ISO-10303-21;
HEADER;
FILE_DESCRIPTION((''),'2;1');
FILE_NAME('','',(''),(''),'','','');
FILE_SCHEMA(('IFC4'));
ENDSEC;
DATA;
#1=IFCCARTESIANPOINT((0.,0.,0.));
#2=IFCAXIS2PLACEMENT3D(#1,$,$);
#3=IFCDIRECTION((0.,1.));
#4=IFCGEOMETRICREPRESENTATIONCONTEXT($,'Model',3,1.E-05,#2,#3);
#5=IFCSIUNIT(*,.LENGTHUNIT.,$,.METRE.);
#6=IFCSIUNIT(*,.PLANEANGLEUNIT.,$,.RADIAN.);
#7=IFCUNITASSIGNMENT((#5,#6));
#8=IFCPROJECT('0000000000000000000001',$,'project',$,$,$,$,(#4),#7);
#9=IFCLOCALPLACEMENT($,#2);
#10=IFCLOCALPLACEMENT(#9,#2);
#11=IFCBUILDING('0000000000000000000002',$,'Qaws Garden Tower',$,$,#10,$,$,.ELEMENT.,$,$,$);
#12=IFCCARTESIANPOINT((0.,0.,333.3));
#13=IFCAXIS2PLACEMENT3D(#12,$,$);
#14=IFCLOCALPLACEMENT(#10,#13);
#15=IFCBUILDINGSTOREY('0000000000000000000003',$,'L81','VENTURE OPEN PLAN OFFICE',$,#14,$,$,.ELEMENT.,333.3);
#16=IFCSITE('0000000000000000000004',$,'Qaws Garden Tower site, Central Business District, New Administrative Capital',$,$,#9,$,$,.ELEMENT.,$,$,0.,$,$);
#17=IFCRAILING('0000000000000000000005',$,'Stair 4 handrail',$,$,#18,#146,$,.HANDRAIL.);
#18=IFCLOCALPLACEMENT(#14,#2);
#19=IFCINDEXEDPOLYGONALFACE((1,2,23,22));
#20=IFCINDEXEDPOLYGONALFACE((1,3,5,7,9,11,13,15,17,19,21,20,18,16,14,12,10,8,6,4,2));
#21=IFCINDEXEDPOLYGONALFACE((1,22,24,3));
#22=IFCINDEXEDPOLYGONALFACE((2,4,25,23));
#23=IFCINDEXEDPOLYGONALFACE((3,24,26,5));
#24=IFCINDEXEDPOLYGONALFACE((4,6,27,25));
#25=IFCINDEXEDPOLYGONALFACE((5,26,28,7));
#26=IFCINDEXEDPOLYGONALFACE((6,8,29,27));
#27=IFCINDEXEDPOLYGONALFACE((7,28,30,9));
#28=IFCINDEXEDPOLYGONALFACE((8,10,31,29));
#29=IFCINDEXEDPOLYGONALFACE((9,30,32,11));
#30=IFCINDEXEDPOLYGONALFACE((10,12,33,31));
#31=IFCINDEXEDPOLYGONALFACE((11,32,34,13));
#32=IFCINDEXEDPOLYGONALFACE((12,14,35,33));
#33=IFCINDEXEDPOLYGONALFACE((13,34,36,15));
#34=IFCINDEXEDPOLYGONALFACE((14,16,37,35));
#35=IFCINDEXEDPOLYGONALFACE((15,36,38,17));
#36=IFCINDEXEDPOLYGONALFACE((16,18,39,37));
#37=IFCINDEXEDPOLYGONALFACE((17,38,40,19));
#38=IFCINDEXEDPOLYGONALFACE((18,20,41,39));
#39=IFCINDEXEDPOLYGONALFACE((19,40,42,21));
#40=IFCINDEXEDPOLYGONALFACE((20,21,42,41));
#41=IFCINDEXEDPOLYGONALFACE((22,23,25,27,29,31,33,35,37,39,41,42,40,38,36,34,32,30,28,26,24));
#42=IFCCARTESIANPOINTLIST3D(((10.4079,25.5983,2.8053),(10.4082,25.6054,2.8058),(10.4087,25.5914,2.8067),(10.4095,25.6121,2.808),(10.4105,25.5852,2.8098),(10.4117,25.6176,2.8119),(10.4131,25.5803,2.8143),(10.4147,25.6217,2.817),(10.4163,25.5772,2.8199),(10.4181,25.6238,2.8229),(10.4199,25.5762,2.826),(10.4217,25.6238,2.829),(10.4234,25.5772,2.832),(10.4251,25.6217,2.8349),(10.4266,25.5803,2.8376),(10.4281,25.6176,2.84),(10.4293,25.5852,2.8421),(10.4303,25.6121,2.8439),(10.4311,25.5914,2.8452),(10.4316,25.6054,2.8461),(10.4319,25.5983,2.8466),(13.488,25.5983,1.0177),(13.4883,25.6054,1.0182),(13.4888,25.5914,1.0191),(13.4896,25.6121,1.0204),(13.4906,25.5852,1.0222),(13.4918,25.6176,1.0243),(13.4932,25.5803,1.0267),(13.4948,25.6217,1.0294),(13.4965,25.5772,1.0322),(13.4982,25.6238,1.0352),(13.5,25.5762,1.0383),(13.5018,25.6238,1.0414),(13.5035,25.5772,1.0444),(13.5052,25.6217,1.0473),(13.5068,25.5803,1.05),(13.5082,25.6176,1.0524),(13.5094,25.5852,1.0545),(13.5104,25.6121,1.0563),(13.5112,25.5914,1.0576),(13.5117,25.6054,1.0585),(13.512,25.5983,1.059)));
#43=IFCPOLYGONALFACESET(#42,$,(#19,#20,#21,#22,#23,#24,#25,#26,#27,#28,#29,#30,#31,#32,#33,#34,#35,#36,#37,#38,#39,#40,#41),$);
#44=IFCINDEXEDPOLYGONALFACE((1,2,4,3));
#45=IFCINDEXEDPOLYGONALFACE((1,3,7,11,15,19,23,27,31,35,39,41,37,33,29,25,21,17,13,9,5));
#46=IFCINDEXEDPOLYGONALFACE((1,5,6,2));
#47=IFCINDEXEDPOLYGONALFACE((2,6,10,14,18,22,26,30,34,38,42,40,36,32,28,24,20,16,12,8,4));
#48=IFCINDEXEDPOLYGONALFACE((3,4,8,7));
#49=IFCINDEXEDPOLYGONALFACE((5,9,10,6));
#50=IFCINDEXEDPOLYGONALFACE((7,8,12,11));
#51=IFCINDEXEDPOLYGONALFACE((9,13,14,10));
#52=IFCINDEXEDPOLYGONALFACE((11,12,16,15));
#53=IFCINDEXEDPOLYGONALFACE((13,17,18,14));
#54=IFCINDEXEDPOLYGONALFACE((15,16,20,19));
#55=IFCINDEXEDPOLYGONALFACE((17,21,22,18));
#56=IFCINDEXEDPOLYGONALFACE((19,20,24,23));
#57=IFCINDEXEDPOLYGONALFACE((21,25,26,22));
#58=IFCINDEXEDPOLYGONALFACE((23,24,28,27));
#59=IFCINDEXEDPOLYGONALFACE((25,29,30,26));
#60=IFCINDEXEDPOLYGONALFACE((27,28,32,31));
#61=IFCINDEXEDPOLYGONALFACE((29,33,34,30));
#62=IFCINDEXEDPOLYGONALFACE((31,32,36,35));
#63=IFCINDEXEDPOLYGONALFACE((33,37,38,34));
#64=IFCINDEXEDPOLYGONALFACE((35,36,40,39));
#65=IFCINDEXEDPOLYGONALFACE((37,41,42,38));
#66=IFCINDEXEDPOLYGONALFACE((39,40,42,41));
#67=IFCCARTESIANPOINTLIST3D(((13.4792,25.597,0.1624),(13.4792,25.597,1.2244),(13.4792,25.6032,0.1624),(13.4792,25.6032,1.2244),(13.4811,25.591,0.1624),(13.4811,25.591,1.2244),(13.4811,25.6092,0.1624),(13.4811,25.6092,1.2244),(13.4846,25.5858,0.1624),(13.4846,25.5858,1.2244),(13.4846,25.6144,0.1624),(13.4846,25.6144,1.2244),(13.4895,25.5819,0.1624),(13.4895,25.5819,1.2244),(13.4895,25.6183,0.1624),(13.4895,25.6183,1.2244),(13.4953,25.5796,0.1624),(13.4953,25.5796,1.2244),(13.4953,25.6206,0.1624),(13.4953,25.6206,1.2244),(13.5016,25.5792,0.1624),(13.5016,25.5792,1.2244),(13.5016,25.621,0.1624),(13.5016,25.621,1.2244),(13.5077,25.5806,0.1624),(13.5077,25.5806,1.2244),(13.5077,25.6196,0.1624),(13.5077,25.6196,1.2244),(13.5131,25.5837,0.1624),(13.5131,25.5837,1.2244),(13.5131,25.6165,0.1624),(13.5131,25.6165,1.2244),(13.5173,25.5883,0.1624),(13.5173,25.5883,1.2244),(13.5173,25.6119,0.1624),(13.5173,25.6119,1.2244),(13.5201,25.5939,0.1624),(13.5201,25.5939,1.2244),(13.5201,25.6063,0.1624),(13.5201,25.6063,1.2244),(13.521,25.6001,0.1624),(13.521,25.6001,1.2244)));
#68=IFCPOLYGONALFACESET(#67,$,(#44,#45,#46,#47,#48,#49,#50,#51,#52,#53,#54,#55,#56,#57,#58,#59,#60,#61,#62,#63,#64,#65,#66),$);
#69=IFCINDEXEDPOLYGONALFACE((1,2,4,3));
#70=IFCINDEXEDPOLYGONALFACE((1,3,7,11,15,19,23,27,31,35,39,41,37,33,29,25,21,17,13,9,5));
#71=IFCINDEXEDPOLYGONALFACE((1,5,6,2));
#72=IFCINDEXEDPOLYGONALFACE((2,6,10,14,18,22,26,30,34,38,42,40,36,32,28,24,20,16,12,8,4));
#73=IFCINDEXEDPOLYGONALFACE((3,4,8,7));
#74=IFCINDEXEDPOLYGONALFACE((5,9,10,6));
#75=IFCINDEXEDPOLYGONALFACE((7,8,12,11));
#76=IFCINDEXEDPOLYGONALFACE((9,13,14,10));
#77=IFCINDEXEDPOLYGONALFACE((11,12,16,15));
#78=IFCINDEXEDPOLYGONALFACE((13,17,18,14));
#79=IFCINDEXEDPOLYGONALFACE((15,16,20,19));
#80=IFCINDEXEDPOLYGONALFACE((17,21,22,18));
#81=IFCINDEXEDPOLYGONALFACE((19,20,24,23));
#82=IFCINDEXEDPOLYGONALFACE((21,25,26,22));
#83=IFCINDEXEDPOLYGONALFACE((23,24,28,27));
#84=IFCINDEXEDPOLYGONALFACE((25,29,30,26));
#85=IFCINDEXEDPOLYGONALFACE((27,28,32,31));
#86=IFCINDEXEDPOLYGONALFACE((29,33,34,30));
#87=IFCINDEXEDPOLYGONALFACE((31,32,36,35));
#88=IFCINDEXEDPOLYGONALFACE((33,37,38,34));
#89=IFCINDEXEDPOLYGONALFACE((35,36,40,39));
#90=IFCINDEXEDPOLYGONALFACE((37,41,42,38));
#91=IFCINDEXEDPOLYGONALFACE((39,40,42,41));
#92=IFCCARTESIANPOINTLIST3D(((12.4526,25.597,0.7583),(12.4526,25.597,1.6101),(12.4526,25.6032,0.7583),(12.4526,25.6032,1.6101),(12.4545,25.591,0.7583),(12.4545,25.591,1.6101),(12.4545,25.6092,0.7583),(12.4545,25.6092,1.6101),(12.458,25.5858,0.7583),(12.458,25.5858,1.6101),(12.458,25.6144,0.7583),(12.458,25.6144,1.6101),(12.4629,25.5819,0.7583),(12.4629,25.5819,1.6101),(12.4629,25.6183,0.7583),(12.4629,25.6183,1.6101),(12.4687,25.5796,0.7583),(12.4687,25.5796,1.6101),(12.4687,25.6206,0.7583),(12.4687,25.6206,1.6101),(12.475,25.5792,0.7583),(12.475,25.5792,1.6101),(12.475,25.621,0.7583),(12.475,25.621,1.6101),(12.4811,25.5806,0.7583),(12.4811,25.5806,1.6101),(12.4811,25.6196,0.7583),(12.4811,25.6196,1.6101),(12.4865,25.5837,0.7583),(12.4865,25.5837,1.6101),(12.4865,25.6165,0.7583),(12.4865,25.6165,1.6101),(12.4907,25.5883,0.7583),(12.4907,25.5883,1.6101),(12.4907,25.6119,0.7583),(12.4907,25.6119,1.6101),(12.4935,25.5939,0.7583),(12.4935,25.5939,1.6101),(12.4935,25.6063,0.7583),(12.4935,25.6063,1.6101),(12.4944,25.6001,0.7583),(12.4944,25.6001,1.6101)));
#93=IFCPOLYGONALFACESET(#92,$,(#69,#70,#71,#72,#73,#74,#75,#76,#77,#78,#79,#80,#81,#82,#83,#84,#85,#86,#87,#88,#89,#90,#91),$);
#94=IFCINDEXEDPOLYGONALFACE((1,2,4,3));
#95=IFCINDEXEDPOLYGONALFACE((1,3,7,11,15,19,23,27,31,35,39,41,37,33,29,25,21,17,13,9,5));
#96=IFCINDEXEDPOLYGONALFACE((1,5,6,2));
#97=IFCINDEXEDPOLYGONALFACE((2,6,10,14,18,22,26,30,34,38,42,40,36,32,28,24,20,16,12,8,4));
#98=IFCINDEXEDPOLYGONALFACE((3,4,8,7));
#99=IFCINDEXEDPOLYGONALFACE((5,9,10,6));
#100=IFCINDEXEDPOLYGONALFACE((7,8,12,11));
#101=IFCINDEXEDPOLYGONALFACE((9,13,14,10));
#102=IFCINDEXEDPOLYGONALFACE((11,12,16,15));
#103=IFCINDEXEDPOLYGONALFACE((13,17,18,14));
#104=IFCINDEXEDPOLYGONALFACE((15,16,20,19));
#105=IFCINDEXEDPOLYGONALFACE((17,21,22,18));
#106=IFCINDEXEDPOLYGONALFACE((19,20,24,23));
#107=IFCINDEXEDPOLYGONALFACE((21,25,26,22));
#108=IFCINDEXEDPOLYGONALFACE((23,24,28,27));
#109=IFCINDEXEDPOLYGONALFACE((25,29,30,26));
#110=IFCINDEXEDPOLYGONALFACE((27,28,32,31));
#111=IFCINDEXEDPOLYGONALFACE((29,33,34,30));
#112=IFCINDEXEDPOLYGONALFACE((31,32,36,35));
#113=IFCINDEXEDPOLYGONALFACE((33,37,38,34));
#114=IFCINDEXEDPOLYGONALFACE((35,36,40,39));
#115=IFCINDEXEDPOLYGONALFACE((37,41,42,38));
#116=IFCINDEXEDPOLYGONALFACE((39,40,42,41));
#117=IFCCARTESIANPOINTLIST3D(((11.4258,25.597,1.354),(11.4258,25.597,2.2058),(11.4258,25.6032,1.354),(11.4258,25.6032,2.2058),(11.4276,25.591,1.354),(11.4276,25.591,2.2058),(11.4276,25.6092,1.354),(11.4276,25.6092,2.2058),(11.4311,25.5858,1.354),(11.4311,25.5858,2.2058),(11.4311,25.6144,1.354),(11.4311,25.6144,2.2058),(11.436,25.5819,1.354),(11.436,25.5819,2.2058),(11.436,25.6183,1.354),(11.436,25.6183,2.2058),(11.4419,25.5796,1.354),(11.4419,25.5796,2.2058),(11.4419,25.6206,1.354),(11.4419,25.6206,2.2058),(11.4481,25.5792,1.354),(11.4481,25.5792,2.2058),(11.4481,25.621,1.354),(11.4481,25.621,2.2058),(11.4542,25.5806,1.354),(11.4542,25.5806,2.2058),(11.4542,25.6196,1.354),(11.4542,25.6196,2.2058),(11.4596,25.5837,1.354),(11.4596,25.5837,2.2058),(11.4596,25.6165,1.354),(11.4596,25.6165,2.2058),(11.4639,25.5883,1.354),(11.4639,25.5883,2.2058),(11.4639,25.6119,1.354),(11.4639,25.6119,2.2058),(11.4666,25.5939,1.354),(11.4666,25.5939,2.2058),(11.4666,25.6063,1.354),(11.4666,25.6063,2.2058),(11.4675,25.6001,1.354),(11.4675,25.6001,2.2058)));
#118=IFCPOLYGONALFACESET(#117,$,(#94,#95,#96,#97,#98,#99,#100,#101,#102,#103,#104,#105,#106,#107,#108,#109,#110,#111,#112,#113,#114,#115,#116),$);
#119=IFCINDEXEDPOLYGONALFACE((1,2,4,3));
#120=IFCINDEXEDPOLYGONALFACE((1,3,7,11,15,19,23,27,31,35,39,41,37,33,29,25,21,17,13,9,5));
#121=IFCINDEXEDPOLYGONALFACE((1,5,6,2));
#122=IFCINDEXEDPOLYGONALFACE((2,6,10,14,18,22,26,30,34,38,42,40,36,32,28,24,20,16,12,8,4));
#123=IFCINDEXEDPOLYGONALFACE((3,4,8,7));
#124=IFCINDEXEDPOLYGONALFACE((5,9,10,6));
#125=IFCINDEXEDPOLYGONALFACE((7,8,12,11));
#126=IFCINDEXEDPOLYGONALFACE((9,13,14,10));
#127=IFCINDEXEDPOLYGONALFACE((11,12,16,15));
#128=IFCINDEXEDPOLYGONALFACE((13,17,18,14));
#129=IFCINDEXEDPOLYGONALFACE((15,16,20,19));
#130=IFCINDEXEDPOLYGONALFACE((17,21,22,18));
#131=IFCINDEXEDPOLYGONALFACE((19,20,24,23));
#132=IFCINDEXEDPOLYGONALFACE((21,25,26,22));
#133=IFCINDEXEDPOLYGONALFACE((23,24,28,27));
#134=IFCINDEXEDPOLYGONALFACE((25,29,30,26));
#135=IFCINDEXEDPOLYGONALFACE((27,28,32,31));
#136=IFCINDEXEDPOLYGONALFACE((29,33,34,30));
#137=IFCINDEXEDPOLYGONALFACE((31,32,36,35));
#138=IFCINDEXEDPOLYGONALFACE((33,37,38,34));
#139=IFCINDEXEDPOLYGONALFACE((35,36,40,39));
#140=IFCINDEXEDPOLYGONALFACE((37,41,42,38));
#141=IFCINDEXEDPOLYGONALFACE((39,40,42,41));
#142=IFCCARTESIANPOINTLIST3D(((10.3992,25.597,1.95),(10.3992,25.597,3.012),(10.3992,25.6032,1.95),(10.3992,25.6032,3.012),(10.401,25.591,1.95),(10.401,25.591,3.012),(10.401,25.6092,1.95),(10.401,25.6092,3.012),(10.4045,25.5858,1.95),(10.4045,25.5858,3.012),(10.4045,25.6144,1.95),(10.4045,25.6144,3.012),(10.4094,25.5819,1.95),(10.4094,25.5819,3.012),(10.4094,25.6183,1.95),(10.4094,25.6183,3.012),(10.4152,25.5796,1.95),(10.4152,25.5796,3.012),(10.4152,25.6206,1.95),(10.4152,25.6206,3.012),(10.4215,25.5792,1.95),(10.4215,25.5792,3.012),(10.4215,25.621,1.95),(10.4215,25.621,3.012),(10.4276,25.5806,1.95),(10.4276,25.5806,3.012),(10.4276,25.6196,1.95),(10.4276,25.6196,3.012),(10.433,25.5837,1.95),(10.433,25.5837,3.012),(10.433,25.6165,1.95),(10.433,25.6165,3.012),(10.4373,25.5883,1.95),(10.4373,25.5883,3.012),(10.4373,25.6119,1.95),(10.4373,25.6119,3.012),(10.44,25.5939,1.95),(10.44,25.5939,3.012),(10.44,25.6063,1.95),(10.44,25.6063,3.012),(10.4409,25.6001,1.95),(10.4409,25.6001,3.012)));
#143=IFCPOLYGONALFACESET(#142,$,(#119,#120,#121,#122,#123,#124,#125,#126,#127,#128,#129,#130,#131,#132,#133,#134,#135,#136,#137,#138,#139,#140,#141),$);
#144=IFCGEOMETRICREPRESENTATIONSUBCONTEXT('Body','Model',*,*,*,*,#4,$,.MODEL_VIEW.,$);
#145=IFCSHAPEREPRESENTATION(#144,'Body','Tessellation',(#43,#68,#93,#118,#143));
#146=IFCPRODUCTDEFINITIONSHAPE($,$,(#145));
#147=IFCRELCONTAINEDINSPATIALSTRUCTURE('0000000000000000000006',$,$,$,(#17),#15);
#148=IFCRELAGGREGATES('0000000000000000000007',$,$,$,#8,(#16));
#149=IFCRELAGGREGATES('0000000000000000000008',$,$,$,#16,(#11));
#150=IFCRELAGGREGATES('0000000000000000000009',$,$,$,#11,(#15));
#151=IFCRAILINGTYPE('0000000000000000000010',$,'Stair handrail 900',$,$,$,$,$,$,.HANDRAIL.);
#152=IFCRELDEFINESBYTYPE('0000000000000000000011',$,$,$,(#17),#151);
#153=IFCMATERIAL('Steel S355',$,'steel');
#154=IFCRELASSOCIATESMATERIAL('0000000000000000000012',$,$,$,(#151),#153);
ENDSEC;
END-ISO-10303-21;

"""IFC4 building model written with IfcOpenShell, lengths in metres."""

from ifc_helpers import new_model, si_unit, direction, frame, origin, origin_2d, place, context, subcontext, project, spatial, circle, extrude, material, type_object, element, save


model = new_model("IFC4")

# Units and contexts
model_context = context("Model", 3, precision=1e-05, world=origin(), true_north=direction((0.0, 1.0)))
body_context = subcontext(model_context, "Body", "Model", "MODEL_VIEW")
ifc_project = project(units=[si_unit("LENGTHUNIT", "METRE"), si_unit("PLANEANGLEUNIT", "RADIAN")], contexts=[model_context])

# Site, building, storey
site_placement = place(None, origin())
site = spatial("IfcSite", under=ifc_project, at=site_placement, Name="Qaws Garden Tower site, Central Business District, New Administrative Capital", CompositionType="ELEMENT", RefElevation=0.0)
building_placement = place(site_placement, origin())
building = spatial("IfcBuilding", under=site, at=building_placement, Name="Qaws Garden Tower", CompositionType="ELEMENT")
storey_placement = place(building_placement, frame((0.0, 0.0, 333.3)))
storey = spatial("IfcBuildingStorey", under=building, at=storey_placement, Name="L81", Description="VENTURE OPEN PLAN OFFICE", CompositionType="ELEMENT", Elevation=333.3)

# Railing
ifc_material_1 = material(Name="Steel S355", Category="steel")
railing_type = type_object("IfcRailingType", Name="Stair handrail 900", PredefinedType="HANDRAIL", material=ifc_material_1)
railing_1_placement = place(storey_placement, frame((13.5, 25.6001, 0.1624)))
element("IfcRailing", 1, at=railing_1_placement, inside=storey, type_object=railing_type, Name="Stair 4 handrail", PredefinedType="HANDRAIL", context=body_context, shape_type="SweptSolid", body=[
    extrude(circle(Radius=0.0239, at=origin_2d()), frame((0.0, 0.0, 0.876), z_axis=(-0.864891, 0.0, 0.50196), x_axis=(0.0, -1.0, 0.0)), (0.0, 0.0, 1.0), 3.5613),
    extrude(circle(Radius=0.021, at=origin_2d()), origin(), (0.0, 0.0, 1.0), 1.062),
    extrude(circle(Radius=0.021, at=origin_2d()), frame((-1.0266, 0.0, 0.5959)), (0.0, 0.0, 1.0), 0.8518),
    extrude(circle(Radius=0.021, at=origin_2d()), frame((-2.0535, 0.0, 1.1917)), (0.0, 0.0, 1.0), 0.8518),
    extrude(circle(Radius=0.021, at=origin_2d()), frame((-3.0801, 0.0, 1.7876)), (0.0, 0.0, 1.0), 1.062),
])

save(model, "model.ifc")
